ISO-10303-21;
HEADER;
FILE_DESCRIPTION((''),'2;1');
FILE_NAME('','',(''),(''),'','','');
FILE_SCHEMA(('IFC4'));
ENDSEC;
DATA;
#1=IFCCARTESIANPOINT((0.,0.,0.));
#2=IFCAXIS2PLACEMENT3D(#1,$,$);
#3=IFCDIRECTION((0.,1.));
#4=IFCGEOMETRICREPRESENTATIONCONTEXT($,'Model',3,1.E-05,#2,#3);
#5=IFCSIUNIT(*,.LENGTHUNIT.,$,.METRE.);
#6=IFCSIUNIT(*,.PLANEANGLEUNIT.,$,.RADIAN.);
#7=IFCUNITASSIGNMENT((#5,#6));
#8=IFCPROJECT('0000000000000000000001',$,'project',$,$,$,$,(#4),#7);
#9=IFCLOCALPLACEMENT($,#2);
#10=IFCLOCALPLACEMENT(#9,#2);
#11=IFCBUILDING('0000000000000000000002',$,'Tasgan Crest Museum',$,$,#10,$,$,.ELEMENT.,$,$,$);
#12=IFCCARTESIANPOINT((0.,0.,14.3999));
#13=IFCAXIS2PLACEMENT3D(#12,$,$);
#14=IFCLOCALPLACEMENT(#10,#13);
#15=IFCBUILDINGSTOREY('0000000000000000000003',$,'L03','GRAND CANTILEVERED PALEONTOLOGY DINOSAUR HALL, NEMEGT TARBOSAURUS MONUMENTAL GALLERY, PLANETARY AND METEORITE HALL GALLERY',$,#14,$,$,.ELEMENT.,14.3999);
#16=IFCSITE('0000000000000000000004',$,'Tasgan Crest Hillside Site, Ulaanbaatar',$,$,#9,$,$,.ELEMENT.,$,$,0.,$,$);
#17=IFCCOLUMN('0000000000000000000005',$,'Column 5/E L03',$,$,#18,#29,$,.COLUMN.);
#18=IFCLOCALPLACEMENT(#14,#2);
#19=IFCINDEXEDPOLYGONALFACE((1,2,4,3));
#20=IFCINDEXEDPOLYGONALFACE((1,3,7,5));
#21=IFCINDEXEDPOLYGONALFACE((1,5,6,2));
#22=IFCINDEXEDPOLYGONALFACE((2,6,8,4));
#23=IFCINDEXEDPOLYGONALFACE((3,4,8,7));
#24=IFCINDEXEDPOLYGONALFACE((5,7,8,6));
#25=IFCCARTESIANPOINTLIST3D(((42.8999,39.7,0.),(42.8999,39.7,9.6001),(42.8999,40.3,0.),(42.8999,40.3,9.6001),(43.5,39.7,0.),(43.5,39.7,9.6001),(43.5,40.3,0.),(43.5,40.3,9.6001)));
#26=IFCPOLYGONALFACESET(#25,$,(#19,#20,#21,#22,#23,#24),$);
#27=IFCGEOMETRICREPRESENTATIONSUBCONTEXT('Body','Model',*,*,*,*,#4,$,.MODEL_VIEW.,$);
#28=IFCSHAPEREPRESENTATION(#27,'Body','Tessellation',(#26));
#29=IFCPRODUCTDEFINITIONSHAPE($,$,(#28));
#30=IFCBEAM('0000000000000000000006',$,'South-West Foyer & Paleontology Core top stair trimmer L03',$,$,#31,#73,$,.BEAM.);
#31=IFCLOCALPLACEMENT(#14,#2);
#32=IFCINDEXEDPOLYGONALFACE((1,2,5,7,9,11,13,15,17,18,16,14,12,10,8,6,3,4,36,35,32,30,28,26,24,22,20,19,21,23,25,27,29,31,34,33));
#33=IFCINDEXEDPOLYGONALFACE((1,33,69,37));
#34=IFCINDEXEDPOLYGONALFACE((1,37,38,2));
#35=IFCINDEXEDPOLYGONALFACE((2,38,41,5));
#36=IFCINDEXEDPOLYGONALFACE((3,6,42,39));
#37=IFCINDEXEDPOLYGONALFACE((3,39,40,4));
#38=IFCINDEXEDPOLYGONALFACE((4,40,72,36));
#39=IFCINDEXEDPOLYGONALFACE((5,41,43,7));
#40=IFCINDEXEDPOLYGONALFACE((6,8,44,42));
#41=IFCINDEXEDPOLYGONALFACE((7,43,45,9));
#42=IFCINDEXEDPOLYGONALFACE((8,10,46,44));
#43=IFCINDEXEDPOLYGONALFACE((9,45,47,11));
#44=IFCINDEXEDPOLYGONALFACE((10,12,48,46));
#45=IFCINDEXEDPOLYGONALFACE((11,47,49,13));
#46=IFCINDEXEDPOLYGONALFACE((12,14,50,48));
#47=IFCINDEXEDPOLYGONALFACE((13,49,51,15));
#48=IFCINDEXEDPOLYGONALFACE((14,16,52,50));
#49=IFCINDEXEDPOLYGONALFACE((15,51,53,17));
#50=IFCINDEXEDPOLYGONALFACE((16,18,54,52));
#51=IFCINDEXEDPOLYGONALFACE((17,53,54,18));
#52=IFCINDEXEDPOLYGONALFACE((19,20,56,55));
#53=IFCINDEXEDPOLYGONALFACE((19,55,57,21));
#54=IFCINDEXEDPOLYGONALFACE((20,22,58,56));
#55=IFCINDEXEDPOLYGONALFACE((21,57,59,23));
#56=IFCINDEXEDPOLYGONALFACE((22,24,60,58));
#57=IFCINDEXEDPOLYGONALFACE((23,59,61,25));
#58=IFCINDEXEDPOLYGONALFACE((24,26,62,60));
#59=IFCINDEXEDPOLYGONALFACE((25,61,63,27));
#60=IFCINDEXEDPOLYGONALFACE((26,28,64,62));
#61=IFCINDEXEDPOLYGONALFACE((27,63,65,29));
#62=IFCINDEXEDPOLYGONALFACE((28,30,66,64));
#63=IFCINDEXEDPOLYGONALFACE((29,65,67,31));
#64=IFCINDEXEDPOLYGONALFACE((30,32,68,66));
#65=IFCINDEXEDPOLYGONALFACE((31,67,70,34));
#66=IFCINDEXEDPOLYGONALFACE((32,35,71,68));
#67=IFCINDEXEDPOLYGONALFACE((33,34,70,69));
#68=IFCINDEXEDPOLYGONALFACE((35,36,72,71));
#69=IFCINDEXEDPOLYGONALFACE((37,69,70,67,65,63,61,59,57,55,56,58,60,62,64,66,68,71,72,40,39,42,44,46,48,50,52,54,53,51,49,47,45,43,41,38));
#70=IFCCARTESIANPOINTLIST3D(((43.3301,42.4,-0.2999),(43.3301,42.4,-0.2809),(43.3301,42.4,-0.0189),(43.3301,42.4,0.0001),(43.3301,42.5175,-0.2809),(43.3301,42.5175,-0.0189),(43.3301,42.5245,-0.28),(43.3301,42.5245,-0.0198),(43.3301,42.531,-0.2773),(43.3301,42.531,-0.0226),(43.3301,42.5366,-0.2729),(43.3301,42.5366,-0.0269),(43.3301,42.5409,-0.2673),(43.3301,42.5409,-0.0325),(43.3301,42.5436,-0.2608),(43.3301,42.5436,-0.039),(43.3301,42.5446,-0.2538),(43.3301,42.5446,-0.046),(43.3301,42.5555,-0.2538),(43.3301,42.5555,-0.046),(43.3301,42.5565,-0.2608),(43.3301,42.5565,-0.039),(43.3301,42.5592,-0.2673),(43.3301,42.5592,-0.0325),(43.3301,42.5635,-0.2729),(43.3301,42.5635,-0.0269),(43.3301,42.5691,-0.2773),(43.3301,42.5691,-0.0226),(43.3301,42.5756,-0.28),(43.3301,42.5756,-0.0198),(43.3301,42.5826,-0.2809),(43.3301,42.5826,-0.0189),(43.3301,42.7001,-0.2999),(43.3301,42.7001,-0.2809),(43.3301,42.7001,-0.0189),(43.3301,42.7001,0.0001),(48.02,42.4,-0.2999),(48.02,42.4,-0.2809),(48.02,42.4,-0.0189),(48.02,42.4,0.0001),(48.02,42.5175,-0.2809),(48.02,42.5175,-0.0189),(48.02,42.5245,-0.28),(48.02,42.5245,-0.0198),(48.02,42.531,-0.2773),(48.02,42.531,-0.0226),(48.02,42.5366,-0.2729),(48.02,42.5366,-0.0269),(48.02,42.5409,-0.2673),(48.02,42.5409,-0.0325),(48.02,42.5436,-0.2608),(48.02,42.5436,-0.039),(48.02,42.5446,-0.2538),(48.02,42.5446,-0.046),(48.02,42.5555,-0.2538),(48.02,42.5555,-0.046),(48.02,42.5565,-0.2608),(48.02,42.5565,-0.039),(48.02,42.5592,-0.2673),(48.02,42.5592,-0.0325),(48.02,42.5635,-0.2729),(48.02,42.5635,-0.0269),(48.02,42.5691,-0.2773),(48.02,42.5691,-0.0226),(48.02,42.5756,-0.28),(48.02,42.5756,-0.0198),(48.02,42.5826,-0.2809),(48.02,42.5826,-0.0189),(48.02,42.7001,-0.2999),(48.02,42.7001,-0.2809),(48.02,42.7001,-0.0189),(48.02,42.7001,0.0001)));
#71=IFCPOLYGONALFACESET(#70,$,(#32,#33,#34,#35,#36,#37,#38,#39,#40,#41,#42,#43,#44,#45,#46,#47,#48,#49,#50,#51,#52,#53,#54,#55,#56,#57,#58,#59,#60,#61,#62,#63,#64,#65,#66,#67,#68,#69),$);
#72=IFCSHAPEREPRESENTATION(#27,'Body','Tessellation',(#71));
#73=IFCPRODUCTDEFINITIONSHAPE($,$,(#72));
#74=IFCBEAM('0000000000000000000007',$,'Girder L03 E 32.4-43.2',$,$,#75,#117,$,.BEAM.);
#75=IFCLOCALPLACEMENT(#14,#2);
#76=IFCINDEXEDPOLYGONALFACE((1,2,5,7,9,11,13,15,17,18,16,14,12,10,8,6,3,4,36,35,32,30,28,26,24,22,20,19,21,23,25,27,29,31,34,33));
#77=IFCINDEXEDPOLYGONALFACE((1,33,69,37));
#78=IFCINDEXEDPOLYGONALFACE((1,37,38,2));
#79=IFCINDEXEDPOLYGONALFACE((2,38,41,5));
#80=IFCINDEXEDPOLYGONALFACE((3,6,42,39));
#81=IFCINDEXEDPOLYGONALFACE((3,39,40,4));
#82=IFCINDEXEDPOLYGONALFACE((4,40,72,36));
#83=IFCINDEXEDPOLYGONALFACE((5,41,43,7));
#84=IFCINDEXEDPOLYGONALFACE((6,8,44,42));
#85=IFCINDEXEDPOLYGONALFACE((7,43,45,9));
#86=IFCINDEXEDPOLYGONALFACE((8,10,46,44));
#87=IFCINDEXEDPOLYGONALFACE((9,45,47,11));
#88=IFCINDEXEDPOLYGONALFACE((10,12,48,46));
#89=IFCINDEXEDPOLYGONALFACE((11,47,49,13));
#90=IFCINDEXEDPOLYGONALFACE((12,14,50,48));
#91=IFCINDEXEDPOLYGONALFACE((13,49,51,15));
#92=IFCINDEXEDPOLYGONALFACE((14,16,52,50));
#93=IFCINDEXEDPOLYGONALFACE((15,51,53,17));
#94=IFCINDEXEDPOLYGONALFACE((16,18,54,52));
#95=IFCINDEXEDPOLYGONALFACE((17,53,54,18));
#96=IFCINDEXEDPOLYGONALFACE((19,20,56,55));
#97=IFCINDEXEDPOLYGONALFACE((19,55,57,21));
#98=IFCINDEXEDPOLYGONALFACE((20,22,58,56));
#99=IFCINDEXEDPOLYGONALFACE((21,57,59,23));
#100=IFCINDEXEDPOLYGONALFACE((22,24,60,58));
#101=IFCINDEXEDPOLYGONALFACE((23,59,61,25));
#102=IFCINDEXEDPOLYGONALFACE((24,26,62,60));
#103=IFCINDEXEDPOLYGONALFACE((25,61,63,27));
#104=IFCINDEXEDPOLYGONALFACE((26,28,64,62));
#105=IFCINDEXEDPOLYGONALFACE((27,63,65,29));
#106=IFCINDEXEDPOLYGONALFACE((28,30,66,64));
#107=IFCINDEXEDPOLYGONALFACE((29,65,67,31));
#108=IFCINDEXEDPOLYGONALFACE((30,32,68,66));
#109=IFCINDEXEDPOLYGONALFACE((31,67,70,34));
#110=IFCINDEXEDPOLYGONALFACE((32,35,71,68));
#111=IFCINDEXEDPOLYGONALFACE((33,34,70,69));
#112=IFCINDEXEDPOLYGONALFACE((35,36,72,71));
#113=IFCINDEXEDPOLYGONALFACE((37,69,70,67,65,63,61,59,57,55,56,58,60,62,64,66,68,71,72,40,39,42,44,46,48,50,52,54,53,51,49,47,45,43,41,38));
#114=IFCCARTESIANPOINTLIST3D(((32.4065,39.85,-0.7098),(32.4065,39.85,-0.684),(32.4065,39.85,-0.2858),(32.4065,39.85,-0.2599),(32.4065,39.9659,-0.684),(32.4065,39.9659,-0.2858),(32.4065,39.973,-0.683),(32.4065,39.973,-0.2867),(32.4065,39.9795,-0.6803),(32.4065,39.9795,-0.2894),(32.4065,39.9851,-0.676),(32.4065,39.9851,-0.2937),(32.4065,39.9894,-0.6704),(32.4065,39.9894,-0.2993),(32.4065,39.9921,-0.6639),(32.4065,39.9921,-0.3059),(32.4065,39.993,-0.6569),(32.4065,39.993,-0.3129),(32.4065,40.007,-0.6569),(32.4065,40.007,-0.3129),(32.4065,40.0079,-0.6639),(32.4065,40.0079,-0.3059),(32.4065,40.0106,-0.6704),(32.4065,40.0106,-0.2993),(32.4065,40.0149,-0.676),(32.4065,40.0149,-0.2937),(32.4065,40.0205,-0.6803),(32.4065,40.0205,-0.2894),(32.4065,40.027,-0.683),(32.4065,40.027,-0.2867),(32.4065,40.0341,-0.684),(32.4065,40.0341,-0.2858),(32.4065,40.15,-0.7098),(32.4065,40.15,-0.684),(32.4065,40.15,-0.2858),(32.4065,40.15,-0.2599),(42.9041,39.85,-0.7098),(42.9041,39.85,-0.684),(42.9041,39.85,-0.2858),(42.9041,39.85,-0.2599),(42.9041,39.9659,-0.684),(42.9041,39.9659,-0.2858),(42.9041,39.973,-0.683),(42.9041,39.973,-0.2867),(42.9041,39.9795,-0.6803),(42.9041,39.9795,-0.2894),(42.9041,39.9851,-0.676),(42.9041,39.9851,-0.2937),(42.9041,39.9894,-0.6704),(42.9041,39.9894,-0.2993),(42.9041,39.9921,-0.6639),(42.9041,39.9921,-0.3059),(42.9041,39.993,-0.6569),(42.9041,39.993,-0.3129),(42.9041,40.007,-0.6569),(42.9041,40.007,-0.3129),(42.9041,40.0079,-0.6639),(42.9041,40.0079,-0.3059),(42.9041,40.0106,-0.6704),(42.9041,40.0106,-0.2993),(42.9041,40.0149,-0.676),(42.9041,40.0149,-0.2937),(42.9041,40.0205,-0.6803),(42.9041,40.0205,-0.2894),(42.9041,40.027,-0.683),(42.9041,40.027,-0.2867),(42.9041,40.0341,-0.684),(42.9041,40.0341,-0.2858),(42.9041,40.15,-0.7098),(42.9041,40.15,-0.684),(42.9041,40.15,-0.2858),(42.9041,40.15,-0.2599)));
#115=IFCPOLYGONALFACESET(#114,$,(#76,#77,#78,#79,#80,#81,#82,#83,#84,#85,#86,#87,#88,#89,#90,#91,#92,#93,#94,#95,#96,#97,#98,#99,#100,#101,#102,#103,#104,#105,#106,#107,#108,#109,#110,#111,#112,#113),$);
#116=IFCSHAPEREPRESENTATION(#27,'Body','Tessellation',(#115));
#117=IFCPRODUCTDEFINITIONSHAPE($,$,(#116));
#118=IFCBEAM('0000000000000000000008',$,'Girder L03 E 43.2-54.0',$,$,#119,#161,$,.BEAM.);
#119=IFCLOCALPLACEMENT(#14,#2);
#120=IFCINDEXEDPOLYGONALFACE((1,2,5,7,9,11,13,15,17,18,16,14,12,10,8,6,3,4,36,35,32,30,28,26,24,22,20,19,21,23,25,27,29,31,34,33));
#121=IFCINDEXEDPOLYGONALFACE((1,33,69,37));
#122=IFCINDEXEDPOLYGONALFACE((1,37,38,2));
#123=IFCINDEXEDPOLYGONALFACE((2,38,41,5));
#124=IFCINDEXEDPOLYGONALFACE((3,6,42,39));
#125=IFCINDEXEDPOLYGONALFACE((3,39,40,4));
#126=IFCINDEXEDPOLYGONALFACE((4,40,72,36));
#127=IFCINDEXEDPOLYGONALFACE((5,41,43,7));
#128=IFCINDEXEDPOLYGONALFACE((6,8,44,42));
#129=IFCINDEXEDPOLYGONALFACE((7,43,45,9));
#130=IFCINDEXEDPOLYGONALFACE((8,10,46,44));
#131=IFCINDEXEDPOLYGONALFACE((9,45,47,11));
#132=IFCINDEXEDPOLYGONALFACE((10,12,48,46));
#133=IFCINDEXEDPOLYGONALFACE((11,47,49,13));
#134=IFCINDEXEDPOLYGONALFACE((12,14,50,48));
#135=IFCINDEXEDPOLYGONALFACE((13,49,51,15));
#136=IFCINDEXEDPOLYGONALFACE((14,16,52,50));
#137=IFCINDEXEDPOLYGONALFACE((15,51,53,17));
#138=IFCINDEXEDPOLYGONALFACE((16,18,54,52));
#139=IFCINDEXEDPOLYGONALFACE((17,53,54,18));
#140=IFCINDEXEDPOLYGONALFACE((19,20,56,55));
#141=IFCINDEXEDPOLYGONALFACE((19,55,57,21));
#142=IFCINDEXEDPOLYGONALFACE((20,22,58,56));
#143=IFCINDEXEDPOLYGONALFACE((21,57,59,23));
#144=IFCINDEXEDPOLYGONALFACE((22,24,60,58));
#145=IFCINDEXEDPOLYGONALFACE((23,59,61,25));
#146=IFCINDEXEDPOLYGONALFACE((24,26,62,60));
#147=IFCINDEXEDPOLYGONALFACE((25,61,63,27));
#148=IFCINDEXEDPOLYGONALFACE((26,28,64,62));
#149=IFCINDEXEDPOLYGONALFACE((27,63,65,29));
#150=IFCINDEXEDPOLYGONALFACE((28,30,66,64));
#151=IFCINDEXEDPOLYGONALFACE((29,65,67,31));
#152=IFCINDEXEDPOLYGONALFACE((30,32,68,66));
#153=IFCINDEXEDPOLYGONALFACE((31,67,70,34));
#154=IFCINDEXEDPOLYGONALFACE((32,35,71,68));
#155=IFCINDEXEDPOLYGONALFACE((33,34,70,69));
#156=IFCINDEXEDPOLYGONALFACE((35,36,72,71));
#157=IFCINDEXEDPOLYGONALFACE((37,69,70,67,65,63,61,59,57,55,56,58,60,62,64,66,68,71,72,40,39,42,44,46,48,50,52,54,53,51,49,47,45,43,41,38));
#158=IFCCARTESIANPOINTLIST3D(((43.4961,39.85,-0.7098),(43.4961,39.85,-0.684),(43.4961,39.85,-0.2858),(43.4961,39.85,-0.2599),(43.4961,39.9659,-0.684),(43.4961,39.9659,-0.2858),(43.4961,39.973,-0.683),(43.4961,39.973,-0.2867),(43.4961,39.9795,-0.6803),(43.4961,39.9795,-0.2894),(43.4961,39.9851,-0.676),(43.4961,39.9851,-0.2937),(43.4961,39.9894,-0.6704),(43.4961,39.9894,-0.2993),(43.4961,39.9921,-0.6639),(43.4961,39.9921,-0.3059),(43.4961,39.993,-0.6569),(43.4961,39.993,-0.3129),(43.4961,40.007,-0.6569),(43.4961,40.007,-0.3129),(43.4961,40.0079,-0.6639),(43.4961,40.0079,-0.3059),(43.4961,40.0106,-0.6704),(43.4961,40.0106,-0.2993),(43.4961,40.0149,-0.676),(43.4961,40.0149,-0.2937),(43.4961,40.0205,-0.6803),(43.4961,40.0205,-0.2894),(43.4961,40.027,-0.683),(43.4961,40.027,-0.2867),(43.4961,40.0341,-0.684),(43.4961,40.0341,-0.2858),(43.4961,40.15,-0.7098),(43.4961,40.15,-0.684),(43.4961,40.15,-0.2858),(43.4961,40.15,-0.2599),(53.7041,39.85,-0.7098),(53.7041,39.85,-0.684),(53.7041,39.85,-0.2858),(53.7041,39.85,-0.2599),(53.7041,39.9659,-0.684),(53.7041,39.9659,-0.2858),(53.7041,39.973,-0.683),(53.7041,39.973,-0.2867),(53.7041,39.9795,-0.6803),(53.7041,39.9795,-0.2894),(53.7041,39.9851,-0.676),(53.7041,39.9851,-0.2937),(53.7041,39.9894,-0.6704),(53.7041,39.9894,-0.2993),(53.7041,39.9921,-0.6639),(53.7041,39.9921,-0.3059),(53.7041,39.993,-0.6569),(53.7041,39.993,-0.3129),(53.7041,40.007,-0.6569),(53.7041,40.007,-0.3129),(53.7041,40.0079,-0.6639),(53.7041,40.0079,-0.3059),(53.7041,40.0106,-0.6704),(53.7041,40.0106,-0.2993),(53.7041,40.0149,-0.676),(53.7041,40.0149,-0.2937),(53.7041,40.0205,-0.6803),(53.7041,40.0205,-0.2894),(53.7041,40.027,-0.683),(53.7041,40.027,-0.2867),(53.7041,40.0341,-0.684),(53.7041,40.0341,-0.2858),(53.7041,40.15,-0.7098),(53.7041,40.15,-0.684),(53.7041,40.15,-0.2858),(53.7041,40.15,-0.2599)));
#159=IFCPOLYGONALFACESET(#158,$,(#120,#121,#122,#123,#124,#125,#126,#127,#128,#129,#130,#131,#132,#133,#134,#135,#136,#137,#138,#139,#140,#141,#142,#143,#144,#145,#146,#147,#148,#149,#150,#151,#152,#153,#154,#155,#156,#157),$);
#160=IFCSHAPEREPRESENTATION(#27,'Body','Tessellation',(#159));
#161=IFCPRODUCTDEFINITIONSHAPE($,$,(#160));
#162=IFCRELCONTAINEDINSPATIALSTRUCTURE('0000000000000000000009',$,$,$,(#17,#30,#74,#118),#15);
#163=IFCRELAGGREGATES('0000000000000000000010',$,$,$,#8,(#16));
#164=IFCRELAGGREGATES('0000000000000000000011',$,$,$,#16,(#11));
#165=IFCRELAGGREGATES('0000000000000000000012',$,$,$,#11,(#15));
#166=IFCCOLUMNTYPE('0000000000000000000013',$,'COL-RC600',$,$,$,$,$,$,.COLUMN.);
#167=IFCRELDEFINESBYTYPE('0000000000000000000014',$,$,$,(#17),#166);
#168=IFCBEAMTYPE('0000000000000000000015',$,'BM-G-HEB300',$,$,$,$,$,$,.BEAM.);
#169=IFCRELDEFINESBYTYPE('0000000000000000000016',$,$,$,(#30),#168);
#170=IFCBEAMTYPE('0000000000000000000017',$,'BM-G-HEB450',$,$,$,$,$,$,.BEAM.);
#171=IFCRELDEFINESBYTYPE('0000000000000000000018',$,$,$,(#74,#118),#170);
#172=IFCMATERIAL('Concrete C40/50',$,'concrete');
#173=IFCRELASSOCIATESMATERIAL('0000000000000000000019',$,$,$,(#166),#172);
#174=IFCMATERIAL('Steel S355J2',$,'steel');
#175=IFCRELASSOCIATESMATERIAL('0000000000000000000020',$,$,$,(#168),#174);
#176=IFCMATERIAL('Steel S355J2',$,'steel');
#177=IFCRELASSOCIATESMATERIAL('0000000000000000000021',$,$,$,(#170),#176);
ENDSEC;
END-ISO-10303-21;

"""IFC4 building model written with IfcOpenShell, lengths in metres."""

from ifc_helpers import new_model, si_unit, direction, frame, origin, origin_2d, place, context, subcontext, project, spatial, rectangle, i_section, extrude, material, material_profile, profile_set, type_object, element, save


model = new_model("IFC4")

# Units and contexts
model_context = context("Model", 3, precision=1e-05, world=origin(), true_north=direction((0.0, 1.0)))
body_context = subcontext(model_context, "Body", "Model", "MODEL_VIEW")
ifc_project = project(units=[si_unit("LENGTHUNIT", "METRE"), si_unit("PLANEANGLEUNIT", "RADIAN")], contexts=[model_context])

# Site, building, storey
site_placement = place(None, origin())
site = spatial("IfcSite", under=ifc_project, at=site_placement, Name="Tasgan Crest Hillside Site, Ulaanbaatar", CompositionType="ELEMENT", RefElevation=0.0)
building_placement = place(site_placement, origin())
building = spatial("IfcBuilding", under=site, at=building_placement, Name="Tasgan Crest Museum", CompositionType="ELEMENT")
storey_placement = place(building_placement, frame((0.0, 0.0, 14.3999)))
storey = spatial("IfcBuildingStorey", under=building, at=storey_placement, Name="L03", Description="GRAND CANTILEVERED PALEONTOLOGY DINOSAUR HALL, NEMEGT TARBOSAURUS MONUMENTAL GALLERY, PLANETARY AND METEORITE HALL GALLERY", CompositionType="ELEMENT", Elevation=14.3999)

# Column
ifc_material_1 = material(Name="Concrete C40/50", Category="concrete")
ifc_material_profile_1 = material_profile(ifc_material_1, rectangle(XDim=0.6001, YDim=0.6001, at=origin_2d()), Name="RC 600x600")
ifc_profile_set_1 = profile_set([ifc_material_profile_1], Name="Concrete C40/50")
column_type = type_object("IfcColumnType", Name="COL-RC600", PredefinedType="COLUMN", material=ifc_profile_set_1)
column_placement = place(storey_placement, frame((43.2, 40.0, 0.0), z_axis=(0.0, 0.0, 1.0), x_axis=(1.0, 0.0, 0.0)))
element("IfcColumn", 1, at=column_placement, inside=storey, type_object=column_type, Name="Column 5/E L03", PredefinedType="COLUMN", context=body_context, shape_type="SweptSolid", body=[
    extrude(rectangle(XDim=0.6001, YDim=0.6001, at=origin_2d()), origin(), (0.0, 0.0, 1.0), 9.6001),
])

# Beams
ifc_material_2 = material(Name="Steel S355J2", Category="steel")
ifc_material_profile_2 = material_profile(ifc_material_2, i_section(OverallWidth=0.3, OverallDepth=0.3, WebThickness=0.011, FlangeThickness=0.019, FilletRadius=0.0271, at=origin_2d()), Name="HEB 300")
ifc_profile_set_2 = profile_set([ifc_material_profile_2], Name="Steel S355J2")
beam_type_1 = type_object("IfcBeamType", Name="BM-G-HEB300", PredefinedType="BEAM", material=ifc_profile_set_2)
beam_1_placement = place(storey_placement, frame((43.3301, 42.55, -0.1499), z_axis=(1.0, 0.0, 0.0), x_axis=(0.0, 1.0, 0.0)))
element("IfcBeam", 2, at=beam_1_placement, inside=storey, type_object=beam_type_1, Name="South-West Foyer & Paleontology Core top stair trimmer L03", PredefinedType="BEAM", context=body_context, shape_type="SweptSolid", body=[
    extrude(i_section(OverallWidth=0.3, OverallDepth=0.3, WebThickness=0.011, FlangeThickness=0.019, FilletRadius=0.0271, at=origin_2d()), origin(), (0.0, 0.0, 1.0), 4.6899),
])
ifc_material_3 = material(Name="Steel S355J2", Category="steel")
ifc_material_profile_3 = material_profile(ifc_material_3, i_section(OverallWidth=0.3, OverallDepth=0.45, WebThickness=0.0139, FlangeThickness=0.0259, FilletRadius=0.0271, at=origin_2d()), Name="HEB 450")
ifc_profile_set_3 = profile_set([ifc_material_profile_3], Name="Steel S355J2")
beam_type_2 = type_object("IfcBeamType", Name="BM-G-HEB450", PredefinedType="BEAM", material=ifc_profile_set_3)
beam_2_placement = place(storey_placement, frame((32.4065, 40.0, -0.4849), z_axis=(1.0, 0.0, 0.0), x_axis=(0.0, 1.0, 0.0)))
element("IfcBeam", 3, at=beam_2_placement, inside=storey, type_object=beam_type_2, Name="Girder L03 E 32.4-43.2", PredefinedType="BEAM", context=body_context, shape_type="SweptSolid", body=[
    extrude(i_section(OverallWidth=0.3, OverallDepth=0.45, WebThickness=0.0139, FlangeThickness=0.0259, FilletRadius=0.0271, at=origin_2d()), origin(), (0.0, 0.0, 1.0), 10.4976),
])
beam_3_placement = place(storey_placement, frame((43.4961, 40.0, -0.4849), z_axis=(1.0, 0.0, 0.0), x_axis=(0.0, 1.0, 0.0)))
element("IfcBeam", 4, at=beam_3_placement, inside=storey, type_object=beam_type_2, Name="Girder L03 E 43.2-54.0", PredefinedType="BEAM", context=body_context, shape_type="SweptSolid", body=[
    extrude(i_section(OverallWidth=0.3, OverallDepth=0.45, WebThickness=0.0139, FlangeThickness=0.0259, FilletRadius=0.0271, at=origin_2d()), origin(), (0.0, 0.0, 1.0), 10.208),
])

save(model, "model.ifc")
